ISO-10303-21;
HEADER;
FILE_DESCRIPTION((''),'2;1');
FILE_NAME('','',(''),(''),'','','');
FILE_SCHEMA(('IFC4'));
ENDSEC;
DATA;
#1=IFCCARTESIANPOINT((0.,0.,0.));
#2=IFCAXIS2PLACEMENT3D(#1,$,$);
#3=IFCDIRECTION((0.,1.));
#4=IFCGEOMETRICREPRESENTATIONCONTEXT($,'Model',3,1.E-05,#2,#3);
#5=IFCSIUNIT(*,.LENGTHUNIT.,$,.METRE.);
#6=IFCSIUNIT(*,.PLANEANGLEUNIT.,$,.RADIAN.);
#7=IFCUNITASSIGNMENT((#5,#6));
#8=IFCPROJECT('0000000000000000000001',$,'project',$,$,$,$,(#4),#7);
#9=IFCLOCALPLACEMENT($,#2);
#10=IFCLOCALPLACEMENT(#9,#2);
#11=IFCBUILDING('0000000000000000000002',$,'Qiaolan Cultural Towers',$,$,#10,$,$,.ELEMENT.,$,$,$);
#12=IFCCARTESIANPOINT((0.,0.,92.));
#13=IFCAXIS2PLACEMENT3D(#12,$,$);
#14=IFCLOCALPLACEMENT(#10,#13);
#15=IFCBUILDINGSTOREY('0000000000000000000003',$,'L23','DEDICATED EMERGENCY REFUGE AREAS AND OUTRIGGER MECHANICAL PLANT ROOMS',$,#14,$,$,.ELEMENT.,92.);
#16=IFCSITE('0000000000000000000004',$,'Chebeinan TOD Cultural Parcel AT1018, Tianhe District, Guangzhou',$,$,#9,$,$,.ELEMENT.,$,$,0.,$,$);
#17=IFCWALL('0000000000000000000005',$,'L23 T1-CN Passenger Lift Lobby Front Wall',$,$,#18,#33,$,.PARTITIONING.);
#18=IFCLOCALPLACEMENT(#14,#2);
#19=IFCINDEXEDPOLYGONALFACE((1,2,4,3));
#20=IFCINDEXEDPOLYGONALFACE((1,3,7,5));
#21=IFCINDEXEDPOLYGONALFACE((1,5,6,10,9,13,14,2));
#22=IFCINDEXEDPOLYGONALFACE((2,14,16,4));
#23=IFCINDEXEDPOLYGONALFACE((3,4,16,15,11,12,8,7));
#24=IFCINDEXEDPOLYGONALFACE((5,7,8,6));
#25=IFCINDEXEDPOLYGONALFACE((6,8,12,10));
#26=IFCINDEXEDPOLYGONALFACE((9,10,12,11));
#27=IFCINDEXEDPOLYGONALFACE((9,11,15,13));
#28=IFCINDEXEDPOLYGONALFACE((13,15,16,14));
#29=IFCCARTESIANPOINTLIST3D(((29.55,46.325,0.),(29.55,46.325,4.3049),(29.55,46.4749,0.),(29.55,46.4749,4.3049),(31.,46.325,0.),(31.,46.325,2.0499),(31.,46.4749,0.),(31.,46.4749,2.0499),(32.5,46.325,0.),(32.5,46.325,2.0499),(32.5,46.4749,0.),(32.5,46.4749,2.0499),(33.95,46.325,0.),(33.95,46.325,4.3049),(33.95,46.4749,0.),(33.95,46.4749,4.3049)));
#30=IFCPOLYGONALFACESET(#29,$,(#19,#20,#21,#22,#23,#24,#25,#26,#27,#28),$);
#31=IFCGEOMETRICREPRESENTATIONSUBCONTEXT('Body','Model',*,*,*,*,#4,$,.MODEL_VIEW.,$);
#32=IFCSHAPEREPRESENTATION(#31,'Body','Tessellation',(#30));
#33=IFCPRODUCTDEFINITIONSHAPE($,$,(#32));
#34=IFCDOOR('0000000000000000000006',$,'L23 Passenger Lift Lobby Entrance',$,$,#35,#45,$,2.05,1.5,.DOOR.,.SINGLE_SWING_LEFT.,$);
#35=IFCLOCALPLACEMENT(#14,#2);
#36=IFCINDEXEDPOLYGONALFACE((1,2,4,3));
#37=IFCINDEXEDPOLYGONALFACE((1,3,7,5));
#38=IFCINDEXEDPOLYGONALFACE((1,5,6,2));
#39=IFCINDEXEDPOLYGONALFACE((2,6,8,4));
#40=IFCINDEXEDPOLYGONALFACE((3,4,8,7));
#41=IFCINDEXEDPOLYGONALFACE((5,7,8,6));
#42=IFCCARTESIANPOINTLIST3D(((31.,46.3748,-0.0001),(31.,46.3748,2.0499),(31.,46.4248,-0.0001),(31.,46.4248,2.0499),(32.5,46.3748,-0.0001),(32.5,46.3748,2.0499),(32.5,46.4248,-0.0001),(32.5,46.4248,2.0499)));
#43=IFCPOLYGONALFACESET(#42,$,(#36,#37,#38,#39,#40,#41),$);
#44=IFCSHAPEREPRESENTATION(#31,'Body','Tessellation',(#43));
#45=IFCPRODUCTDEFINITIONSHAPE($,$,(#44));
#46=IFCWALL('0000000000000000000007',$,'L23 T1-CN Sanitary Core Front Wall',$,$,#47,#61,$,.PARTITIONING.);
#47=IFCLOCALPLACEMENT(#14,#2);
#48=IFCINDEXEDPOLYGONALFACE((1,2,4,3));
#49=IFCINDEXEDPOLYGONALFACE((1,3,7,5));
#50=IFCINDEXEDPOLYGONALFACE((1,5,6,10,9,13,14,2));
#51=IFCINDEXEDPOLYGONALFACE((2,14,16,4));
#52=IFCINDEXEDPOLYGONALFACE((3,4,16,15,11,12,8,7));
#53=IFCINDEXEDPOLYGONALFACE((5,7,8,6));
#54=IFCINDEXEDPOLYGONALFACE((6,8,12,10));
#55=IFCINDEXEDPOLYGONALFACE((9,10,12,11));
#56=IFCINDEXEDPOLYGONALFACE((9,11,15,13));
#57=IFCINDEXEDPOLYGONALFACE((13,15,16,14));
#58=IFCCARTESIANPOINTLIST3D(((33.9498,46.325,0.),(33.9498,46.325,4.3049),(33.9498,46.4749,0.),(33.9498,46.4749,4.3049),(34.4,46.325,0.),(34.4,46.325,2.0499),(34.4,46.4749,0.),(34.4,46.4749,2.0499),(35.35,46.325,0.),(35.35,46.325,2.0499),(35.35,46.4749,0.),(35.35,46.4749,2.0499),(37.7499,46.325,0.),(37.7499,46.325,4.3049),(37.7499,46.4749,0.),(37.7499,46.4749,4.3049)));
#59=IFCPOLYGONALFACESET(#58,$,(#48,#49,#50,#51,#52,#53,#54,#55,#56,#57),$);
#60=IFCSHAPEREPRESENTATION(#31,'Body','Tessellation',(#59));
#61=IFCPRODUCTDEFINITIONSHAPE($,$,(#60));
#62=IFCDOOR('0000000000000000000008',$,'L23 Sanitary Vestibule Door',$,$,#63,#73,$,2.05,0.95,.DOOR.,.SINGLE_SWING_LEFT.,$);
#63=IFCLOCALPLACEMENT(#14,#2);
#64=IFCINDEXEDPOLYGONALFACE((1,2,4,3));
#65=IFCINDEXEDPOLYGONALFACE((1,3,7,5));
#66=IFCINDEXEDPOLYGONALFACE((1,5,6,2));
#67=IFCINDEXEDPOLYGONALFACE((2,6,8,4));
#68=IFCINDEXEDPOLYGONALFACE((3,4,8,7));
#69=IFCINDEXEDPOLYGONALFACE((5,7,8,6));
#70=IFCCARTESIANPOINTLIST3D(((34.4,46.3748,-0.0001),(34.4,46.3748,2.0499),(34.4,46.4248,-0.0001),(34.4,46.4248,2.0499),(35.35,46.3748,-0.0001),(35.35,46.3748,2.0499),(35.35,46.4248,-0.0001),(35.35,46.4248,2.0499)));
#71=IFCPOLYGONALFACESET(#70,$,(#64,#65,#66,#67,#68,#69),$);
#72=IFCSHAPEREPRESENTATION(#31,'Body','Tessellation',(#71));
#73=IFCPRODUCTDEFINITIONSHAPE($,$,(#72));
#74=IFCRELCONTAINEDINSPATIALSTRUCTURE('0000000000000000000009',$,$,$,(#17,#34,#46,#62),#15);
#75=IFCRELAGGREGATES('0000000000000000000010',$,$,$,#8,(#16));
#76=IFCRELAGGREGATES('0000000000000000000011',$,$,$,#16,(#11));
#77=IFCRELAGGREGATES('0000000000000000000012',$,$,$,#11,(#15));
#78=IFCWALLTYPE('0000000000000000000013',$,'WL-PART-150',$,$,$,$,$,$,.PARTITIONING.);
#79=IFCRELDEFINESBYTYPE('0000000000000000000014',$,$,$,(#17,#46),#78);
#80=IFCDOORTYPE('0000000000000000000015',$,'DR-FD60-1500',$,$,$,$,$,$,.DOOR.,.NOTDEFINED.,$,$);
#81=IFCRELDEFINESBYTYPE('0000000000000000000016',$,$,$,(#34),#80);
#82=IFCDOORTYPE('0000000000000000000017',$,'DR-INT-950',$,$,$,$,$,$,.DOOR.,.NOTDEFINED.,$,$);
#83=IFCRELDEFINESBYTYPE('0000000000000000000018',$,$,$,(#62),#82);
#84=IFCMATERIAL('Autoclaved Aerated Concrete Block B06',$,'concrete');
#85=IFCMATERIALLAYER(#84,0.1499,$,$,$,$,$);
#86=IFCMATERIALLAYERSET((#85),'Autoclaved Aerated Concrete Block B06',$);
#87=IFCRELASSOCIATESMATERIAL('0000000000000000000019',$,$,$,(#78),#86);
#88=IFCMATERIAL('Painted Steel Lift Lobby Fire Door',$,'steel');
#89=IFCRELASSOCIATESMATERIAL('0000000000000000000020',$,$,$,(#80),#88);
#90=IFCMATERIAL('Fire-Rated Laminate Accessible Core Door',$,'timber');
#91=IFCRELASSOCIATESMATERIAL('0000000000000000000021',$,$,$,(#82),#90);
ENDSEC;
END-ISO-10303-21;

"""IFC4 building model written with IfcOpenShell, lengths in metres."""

from ifc_helpers import new_model, si_unit, direction, frame, frame_2d, origin, place, context, subcontext, project, spatial, rectangle, extrude, material, layer, layer_set, type_object, element, fill, save


model = new_model("IFC4")

# Units and contexts
model_context = context("Model", 3, precision=1e-05, world=origin(), true_north=direction((0.0, 1.0)))
body_context = subcontext(model_context, "Body", "Model", "MODEL_VIEW")
ifc_project = project(units=[si_unit("LENGTHUNIT", "METRE"), si_unit("PLANEANGLEUNIT", "RADIAN")], contexts=[model_context])

# Site, building, storey
site_placement = place(None, origin())
site = spatial("IfcSite", under=ifc_project, at=site_placement, Name="Chebeinan TOD Cultural Parcel AT1018, Tianhe District, Guangzhou", CompositionType="ELEMENT", RefElevation=0.0)
building_placement = place(site_placement, origin())
building = spatial("IfcBuilding", under=site, at=building_placement, Name="Qiaolan Cultural Towers", CompositionType="ELEMENT")
storey_placement = place(building_placement, frame((0.0, 0.0, 92.0)))
storey = spatial("IfcBuildingStorey", under=building, at=storey_placement, Name="L23", Description="DEDICATED EMERGENCY REFUGE AREAS AND OUTRIGGER MECHANICAL PLANT ROOMS", CompositionType="ELEMENT", Elevation=92.0)

# Walls, openings, doors
ifc_material_1 = material(Name="Autoclaved Aerated Concrete Block B06", Category="concrete")
ifc_layer_1 = layer(ifc_material_1, 0.1499)
ifc_layer_set_1 = layer_set([ifc_layer_1], Name="Autoclaved Aerated Concrete Block B06")
wall_type_1 = type_object("IfcWallType", Name="WL-PART-150", PredefinedType="PARTITIONING", material=ifc_layer_set_1)
wall_1_placement = place(storey_placement, frame((29.55, 46.3999, 0.0), z_axis=(0.0, 0.0, 1.0), x_axis=(1.0, 0.0, 0.0)))
wall_1 = element("IfcWall", 1, at=wall_1_placement, inside=storey, type_object=wall_type_1, Name="L23 T1-CN Passenger Lift Lobby Front Wall", PredefinedType="PARTITIONING", context=body_context, shape_type="SweptSolid", body=[
    extrude(rectangle(XDim=4.3999, YDim=0.1499, at=frame_2d((2.2, 0.0))), origin(), (0.0, 0.0, 1.0), 4.3049),
])
opening_1_placement = place(wall_1_placement, frame((1.45, 0.0, 0.0)))
opening_1 = element("IfcOpeningElement", 2, at=opening_1_placement, cuts=wall_1, PredefinedType="OPENING", context=body_context, shape_type="SweptSolid", body=[
    extrude(rectangle(XDim=1.5, YDim=2.05, at=frame_2d((0.75, 1.0249))), frame((0.0, 0.085, 0.0), z_axis=(0.0, -1.0, 0.0), x_axis=(1.0, 0.0, 0.0)), (0.0, 0.0, 1.0), 0.1699),
])
ifc_material_2 = material(Name="Painted Steel Lift Lobby Fire Door", Category="steel")
door_type_1 = type_object("IfcDoorType", Name="DR-FD60-1500", OperationType="NOTDEFINED", PredefinedType="DOOR", material=ifc_material_2)
door_1_placement = place(opening_1_placement, origin())
door_1 = element("IfcDoor", 3, at=door_1_placement, inside=storey, type_object=door_type_1, Name="L23 Passenger Lift Lobby Entrance", OperationType="SINGLE_SWING_LEFT", OverallHeight=2.05, OverallWidth=1.5, PredefinedType="DOOR", context=body_context, shape_type="SweptSolid", body=[
    extrude(rectangle(XDim=1.5, YDim=2.05, at=frame_2d((0.75, 1.0249))), frame((0.0, 0.0249, 0.0), z_axis=(0.0, -1.0, 0.0), x_axis=(1.0, 0.0, 0.0)), (0.0, 0.0, 1.0), 0.05),
])
fill(opening_1, door_1)
wall_2_placement = place(storey_placement, frame((33.95, 46.3999, 0.0), z_axis=(0.0, 0.0, 1.0), x_axis=(1.0, 0.0, 0.0)))
wall_2 = element("IfcWall", 4, at=wall_2_placement, inside=storey, type_object=wall_type_1, Name="L23 T1-CN Sanitary Core Front Wall", PredefinedType="PARTITIONING", context=body_context, shape_type="SweptSolid", body=[
    extrude(rectangle(XDim=3.8, YDim=0.1499, at=frame_2d((1.8999, 0.0))), origin(), (0.0, 0.0, 1.0), 4.3049),
])
opening_2_placement = place(wall_2_placement, frame((0.45, 0.0, 0.0)))
opening_2 = element("IfcOpeningElement", 5, at=opening_2_placement, cuts=wall_2, PredefinedType="OPENING", context=body_context, shape_type="SweptSolid", body=[
    extrude(rectangle(XDim=0.95, YDim=2.05, at=frame_2d((0.4751, 1.0249))), frame((0.0, 0.085, 0.0), z_axis=(0.0, -1.0, 0.0), x_axis=(1.0, 0.0, 0.0)), (0.0, 0.0, 1.0), 0.1699),
])
ifc_material_3 = material(Name="Fire-Rated Laminate Accessible Core Door", Category="timber")
door_type_2 = type_object("IfcDoorType", Name="DR-INT-950", OperationType="NOTDEFINED", PredefinedType="DOOR", material=ifc_material_3)
door_2_placement = place(opening_2_placement, origin())
door_2 = element("IfcDoor", 6, at=door_2_placement, inside=storey, type_object=door_type_2, Name="L23 Sanitary Vestibule Door", OperationType="SINGLE_SWING_LEFT", OverallHeight=2.05, OverallWidth=0.95, PredefinedType="DOOR", context=body_context, shape_type="SweptSolid", body=[
    extrude(rectangle(XDim=0.95, YDim=2.05, at=frame_2d((0.4751, 1.0249))), frame((0.0, 0.0249, 0.0), z_axis=(0.0, -1.0, 0.0), x_axis=(1.0, 0.0, 0.0)), (0.0, 0.0, 1.0), 0.05),
])
fill(opening_2, door_2)

save(model, "model.ifc")
